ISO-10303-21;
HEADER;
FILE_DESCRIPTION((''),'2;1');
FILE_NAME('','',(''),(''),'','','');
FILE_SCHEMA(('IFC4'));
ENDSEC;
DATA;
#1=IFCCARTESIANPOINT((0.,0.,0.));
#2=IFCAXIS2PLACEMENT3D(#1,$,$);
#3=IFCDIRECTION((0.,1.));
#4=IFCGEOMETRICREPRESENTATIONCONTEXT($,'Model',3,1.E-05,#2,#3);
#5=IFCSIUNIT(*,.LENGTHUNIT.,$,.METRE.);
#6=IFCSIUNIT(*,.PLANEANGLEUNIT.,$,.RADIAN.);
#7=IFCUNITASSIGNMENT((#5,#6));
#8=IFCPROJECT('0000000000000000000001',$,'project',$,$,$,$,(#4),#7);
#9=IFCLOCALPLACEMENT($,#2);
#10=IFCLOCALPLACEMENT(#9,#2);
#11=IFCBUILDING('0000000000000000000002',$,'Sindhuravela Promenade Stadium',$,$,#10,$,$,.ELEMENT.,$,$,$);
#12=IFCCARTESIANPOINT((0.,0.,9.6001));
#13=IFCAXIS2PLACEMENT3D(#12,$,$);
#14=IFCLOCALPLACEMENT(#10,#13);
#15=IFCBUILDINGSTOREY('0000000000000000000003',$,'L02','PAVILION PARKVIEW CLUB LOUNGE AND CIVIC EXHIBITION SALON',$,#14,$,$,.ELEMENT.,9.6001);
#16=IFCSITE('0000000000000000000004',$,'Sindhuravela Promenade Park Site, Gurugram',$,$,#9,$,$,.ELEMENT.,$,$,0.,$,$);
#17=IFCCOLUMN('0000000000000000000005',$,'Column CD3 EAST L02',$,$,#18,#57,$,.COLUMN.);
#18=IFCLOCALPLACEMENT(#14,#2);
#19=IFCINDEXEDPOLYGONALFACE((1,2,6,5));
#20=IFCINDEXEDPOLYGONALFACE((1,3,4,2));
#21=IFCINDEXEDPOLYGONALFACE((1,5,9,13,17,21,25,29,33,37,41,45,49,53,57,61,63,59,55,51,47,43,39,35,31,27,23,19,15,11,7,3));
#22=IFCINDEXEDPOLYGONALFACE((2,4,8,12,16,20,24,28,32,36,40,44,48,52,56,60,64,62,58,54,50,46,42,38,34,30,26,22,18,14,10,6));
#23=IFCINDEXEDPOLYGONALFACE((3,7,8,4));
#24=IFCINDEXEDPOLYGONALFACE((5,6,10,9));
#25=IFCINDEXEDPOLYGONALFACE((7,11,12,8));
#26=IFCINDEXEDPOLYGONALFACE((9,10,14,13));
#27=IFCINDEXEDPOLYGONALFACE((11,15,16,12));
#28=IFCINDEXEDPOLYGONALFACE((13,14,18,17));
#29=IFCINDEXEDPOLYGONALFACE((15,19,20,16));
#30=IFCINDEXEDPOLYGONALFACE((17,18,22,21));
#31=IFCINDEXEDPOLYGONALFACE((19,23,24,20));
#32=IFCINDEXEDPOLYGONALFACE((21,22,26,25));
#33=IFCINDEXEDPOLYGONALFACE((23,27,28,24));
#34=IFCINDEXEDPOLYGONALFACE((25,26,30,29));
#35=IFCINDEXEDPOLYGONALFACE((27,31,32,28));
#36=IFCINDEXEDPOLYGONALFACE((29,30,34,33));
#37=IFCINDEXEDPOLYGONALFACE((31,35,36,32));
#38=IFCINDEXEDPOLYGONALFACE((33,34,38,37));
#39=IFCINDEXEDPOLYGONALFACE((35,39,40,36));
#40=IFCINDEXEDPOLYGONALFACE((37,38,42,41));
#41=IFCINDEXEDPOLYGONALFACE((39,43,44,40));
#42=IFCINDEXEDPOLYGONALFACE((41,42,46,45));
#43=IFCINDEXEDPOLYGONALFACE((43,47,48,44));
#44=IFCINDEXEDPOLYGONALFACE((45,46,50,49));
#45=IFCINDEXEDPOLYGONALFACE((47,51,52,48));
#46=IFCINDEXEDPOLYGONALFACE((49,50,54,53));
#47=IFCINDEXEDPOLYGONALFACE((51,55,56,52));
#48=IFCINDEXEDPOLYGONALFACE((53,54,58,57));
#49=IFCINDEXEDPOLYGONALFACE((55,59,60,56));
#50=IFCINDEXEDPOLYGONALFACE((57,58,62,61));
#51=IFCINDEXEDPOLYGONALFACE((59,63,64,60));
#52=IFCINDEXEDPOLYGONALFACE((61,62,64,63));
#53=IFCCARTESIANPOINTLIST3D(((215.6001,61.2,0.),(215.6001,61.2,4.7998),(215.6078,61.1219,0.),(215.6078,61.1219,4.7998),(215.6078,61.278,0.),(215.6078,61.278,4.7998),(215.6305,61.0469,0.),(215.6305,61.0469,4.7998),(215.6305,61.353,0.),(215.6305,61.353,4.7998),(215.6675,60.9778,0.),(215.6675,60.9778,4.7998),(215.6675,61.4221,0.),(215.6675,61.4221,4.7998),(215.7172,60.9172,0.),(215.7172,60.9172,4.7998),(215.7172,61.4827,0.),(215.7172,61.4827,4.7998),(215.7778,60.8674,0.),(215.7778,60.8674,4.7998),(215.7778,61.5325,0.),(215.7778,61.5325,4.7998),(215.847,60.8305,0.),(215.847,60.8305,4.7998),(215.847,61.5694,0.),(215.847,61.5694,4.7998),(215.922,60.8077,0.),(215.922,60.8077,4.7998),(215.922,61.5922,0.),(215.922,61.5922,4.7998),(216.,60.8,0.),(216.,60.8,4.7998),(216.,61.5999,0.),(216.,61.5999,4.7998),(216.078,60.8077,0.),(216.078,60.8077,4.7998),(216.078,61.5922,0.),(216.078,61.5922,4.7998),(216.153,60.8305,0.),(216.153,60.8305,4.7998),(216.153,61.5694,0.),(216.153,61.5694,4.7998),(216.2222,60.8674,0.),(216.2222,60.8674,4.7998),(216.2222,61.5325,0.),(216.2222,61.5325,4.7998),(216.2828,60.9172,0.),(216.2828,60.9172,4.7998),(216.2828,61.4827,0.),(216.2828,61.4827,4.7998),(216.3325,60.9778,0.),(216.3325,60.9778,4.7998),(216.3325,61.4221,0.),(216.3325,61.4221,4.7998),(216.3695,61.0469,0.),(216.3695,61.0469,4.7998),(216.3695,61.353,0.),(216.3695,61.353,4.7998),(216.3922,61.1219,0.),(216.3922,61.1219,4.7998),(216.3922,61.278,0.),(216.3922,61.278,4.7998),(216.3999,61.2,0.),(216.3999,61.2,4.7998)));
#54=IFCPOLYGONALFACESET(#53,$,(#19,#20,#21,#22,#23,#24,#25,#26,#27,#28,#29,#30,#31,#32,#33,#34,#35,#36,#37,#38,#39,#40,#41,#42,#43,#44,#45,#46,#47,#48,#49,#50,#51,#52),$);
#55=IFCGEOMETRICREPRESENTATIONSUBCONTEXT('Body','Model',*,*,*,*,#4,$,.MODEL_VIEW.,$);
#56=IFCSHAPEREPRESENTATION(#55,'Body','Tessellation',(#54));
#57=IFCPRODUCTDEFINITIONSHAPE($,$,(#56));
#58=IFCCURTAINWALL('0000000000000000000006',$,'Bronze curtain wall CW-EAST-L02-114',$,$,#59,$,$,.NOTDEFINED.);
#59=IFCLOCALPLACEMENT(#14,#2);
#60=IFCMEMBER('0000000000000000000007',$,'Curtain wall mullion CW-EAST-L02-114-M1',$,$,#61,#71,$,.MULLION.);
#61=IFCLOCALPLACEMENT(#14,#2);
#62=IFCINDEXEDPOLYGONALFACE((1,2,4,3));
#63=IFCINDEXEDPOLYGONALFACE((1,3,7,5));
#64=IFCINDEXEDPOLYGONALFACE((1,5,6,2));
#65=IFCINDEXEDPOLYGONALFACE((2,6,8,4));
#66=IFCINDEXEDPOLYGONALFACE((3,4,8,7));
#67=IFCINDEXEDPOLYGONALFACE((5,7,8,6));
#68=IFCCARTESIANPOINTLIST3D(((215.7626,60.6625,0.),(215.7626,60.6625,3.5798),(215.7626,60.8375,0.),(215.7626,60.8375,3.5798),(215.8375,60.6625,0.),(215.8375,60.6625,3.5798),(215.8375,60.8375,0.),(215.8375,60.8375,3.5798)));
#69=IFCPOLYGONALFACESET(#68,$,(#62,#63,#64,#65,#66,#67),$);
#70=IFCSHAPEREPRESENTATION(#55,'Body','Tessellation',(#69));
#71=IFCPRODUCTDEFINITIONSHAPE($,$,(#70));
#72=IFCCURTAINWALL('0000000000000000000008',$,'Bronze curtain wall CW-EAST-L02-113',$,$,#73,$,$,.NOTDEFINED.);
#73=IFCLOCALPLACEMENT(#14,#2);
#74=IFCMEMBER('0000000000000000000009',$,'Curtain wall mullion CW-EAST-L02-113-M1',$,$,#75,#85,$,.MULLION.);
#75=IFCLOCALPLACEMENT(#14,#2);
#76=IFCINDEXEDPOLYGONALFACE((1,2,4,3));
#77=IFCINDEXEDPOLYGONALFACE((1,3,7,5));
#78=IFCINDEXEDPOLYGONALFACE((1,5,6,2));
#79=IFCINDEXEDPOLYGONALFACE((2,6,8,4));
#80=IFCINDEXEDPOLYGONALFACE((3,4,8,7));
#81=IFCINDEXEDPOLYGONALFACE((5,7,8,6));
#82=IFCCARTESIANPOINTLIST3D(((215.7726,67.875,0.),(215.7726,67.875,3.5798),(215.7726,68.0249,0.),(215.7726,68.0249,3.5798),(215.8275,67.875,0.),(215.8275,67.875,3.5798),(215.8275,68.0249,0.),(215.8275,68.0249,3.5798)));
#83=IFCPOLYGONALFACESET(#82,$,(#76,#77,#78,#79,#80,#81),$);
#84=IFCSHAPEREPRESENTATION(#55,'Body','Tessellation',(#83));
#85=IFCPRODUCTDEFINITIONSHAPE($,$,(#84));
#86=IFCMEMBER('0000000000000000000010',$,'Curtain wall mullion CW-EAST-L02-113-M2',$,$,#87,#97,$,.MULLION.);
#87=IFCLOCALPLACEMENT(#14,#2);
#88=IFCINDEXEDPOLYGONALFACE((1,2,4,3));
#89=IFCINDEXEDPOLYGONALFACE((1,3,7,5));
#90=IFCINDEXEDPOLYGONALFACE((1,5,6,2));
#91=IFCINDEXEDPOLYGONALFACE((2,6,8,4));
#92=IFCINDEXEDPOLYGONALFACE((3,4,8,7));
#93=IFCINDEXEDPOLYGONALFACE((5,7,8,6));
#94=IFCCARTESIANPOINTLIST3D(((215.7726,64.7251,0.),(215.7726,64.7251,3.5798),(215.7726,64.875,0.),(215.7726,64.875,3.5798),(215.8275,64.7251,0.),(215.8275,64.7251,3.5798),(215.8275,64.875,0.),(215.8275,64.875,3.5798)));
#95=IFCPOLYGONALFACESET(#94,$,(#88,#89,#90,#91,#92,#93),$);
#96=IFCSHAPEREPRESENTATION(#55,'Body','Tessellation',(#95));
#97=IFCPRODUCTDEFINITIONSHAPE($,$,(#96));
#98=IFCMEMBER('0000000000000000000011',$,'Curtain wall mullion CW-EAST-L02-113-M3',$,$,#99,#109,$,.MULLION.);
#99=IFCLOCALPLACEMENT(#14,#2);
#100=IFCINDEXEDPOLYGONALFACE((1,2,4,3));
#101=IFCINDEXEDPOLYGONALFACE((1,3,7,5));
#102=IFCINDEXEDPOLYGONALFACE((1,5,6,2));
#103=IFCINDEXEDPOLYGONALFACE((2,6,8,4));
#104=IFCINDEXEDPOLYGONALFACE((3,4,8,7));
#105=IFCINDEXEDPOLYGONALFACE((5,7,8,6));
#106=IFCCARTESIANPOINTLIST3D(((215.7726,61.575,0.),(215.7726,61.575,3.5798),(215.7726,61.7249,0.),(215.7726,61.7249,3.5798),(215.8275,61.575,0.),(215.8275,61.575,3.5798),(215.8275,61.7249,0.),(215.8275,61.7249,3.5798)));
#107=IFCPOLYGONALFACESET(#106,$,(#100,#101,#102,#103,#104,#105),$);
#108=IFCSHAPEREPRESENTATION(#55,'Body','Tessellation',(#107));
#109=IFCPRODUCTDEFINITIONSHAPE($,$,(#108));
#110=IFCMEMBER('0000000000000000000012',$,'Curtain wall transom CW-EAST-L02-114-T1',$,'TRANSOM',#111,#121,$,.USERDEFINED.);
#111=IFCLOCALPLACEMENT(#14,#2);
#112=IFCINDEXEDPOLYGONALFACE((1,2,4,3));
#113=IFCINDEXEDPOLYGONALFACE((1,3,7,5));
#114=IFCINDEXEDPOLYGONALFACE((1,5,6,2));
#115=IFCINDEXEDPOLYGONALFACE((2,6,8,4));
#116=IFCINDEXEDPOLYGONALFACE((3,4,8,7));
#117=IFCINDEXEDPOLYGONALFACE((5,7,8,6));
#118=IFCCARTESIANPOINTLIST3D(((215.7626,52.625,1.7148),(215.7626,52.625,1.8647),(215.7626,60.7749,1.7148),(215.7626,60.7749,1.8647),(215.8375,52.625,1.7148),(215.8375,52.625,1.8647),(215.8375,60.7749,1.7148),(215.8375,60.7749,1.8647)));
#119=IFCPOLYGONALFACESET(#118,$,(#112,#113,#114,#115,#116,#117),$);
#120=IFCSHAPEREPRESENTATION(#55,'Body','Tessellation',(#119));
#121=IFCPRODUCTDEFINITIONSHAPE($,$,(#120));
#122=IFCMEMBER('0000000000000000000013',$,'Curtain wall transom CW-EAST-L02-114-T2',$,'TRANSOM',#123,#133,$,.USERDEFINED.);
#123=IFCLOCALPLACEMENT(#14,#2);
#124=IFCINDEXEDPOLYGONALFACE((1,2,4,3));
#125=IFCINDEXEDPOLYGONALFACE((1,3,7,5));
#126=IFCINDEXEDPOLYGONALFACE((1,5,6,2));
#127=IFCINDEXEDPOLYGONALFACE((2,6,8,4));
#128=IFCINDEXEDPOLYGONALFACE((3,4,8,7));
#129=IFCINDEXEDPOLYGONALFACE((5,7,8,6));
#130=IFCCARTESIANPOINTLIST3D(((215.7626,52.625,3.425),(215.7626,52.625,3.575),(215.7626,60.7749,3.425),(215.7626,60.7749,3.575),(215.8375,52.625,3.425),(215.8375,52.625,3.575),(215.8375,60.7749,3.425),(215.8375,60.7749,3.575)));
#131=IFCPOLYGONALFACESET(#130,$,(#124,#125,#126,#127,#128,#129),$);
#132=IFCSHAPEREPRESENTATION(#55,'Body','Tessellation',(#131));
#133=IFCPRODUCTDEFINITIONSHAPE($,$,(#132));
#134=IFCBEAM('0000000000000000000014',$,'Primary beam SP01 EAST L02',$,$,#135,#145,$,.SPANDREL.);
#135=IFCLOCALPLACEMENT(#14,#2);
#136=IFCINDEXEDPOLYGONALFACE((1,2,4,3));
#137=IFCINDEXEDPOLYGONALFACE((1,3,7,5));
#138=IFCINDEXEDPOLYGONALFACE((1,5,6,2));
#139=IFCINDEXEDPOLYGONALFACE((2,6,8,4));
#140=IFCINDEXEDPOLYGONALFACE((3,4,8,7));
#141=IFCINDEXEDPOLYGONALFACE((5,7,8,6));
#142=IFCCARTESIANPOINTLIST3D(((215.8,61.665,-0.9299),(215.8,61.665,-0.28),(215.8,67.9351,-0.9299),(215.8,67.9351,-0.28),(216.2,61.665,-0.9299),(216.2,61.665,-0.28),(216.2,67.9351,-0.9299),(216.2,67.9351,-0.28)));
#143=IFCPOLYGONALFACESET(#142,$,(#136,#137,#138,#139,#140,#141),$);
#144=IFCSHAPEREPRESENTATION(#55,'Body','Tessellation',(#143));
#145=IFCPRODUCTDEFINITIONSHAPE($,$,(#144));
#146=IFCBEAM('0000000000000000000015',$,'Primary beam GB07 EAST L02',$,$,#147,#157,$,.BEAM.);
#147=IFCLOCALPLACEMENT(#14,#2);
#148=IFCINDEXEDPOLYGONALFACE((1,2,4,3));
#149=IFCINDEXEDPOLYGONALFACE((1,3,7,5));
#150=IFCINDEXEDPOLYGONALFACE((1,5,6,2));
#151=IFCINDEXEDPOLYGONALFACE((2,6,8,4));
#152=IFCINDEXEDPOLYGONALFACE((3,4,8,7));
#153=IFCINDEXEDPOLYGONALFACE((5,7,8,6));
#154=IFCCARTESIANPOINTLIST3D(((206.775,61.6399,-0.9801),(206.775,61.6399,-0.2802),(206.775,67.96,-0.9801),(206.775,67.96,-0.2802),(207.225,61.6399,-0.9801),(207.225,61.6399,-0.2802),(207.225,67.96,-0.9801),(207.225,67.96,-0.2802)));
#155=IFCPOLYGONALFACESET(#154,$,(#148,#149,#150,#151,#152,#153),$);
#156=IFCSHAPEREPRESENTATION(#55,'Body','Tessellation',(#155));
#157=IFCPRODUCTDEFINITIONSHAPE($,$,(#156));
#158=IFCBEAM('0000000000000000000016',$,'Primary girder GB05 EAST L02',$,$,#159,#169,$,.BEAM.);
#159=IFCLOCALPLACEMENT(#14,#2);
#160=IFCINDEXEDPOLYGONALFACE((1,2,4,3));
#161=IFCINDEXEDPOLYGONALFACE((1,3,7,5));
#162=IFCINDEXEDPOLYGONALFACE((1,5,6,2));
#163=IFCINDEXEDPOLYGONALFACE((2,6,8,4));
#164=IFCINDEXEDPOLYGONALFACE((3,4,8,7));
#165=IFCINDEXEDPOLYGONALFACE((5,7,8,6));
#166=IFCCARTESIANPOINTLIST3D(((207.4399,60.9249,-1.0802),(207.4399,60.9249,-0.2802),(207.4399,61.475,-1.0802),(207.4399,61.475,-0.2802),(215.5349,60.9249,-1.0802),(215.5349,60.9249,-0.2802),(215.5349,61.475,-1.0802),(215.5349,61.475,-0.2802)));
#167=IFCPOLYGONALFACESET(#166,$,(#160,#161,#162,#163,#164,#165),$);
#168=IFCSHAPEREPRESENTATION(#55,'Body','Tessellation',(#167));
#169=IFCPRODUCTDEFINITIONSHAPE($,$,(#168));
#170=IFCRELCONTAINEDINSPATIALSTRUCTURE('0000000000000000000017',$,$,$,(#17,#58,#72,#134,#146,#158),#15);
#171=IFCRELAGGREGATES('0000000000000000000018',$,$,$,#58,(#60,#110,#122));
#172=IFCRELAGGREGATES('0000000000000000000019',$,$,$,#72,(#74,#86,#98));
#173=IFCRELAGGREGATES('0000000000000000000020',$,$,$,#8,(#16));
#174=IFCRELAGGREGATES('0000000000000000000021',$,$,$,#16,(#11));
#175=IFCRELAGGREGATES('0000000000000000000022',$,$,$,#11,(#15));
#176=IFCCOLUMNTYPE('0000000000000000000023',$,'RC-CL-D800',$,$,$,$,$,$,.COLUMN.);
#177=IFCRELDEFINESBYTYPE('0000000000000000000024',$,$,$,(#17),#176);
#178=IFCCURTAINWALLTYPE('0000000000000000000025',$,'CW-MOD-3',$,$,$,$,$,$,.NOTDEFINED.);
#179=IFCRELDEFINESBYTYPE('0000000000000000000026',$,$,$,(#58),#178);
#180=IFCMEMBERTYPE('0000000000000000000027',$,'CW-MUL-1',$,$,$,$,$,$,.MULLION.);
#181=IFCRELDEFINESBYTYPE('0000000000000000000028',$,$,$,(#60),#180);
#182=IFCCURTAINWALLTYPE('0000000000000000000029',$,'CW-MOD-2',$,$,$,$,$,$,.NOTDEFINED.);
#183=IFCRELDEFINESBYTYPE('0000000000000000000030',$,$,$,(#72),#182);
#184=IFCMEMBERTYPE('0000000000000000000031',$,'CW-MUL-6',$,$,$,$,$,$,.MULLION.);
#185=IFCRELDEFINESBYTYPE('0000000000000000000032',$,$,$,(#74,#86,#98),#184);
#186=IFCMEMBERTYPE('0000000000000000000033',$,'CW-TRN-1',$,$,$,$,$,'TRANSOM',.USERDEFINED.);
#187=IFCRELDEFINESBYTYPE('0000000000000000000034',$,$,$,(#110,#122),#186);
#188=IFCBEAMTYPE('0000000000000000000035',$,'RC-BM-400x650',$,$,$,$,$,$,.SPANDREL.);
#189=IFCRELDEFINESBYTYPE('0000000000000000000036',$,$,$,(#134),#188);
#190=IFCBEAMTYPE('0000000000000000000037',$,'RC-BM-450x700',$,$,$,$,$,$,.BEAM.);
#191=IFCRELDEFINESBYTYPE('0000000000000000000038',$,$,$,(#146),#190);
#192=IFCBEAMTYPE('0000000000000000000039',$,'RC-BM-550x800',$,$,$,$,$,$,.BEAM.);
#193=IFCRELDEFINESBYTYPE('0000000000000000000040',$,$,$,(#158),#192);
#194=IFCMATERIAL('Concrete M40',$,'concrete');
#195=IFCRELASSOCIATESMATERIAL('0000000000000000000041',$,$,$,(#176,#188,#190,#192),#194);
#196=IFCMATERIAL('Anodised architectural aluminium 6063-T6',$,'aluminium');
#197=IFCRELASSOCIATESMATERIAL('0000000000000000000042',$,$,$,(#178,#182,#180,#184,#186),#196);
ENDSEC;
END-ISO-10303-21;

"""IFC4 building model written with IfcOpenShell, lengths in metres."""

from ifc_helpers import new_model, si_unit, direction, frame, origin, origin_2d, place, context, subcontext, project, spatial, rectangle, circle, extrude, material, material_profile, profile_set, type_object, element, aggregate, save


model = new_model("IFC4")

# Units and contexts
model_context = context("Model", 3, precision=1e-05, world=origin(), true_north=direction((0.0, 1.0)))
body_context = subcontext(model_context, "Body", "Model", "MODEL_VIEW")
ifc_project = project(units=[si_unit("LENGTHUNIT", "METRE"), si_unit("PLANEANGLEUNIT", "RADIAN")], contexts=[model_context])

# Site, building, storey
site_placement = place(None, origin())
site = spatial("IfcSite", under=ifc_project, at=site_placement, Name="Sindhuravela Promenade Park Site, Gurugram", CompositionType="ELEMENT", RefElevation=0.0)
building_placement = place(site_placement, origin())
building = spatial("IfcBuilding", under=site, at=building_placement, Name="Sindhuravela Promenade Stadium", CompositionType="ELEMENT")
storey_placement = place(building_placement, frame((0.0, 0.0, 9.6001)))
storey = spatial("IfcBuildingStorey", under=building, at=storey_placement, Name="L02", Description="PAVILION PARKVIEW CLUB LOUNGE AND CIVIC EXHIBITION SALON", CompositionType="ELEMENT", Elevation=9.6001)

# Column
ifc_material_1 = material(Name="Concrete M40", Category="concrete")
ifc_material_profile_1 = material_profile(ifc_material_1, circle(Radius=0.3999, at=origin_2d()), Name="RC D800")
ifc_profile_set_1 = profile_set([ifc_material_profile_1], Name="Concrete M40")
column_type = type_object("IfcColumnType", Name="RC-CL-D800", PredefinedType="COLUMN", material=ifc_profile_set_1)
column_placement = place(storey_placement, frame((216.0, 61.2, 0.0), z_axis=(0.0, 0.0, 1.0), x_axis=(1.0, 0.0, 0.0)))
element("IfcColumn", 1, at=column_placement, inside=storey, type_object=column_type, Name="Column CD3 EAST L02", PredefinedType="COLUMN", context=body_context, shape_type="SweptSolid", body=[
    extrude(circle(Radius=0.3999, at=origin_2d()), origin(), (0.0, 0.0, 1.0), 4.7998),
])

# Curtain wall, member
ifc_material_2 = material(Name="Anodised architectural aluminium 6063-T6", Category="aluminium")
curtain_wall_type_1 = type_object("IfcCurtainWallType", Name="CW-MOD-3", PredefinedType="NOTDEFINED", material=ifc_material_2)
curtain_wall_1_placement = place(storey_placement, origin())
curtain_wall_1 = element("IfcCurtainWall", 2, at=curtain_wall_1_placement, inside=storey, type_object=curtain_wall_type_1, Name="Bronze curtain wall CW-EAST-L02-114", PredefinedType="NOTDEFINED")
ifc_material_profile_2 = material_profile(ifc_material_2, rectangle(XDim=0.075, YDim=0.175, at=origin_2d()), Name="ALU MULL 75x175")
ifc_profile_set_2 = profile_set([ifc_material_profile_2], Name="Anodised architectural aluminium 6063-T6")
member_type_1 = type_object("IfcMemberType", Name="CW-MUL-1", PredefinedType="MULLION", material=ifc_profile_set_2)
member_1_placement = place(storey_placement, frame((215.8, 60.75, 0.0), z_axis=(0.0, 0.0, 1.0), x_axis=(1.0, 0.0, 0.0)))
member_1 = element("IfcMember", 3, at=member_1_placement, type_object=member_type_1, Name="Curtain wall mullion CW-EAST-L02-114-M1", PredefinedType="MULLION", context=body_context, shape_type="SweptSolid", body=[
    extrude(rectangle(XDim=0.075, YDim=0.175, at=origin_2d()), origin(), (0.0, 0.0, 1.0), 3.5798),
])

# Curtain wall, members
curtain_wall_type_2 = type_object("IfcCurtainWallType", Name="CW-MOD-2", PredefinedType="NOTDEFINED", material=ifc_material_2)
curtain_wall_2_placement = place(storey_placement, origin())
curtain_wall_2 = element("IfcCurtainWall", 4, at=curtain_wall_2_placement, inside=storey, type_object=curtain_wall_type_2, Name="Bronze curtain wall CW-EAST-L02-113", PredefinedType="NOTDEFINED")
ifc_material_profile_3 = material_profile(ifc_material_2, rectangle(XDim=0.0549, YDim=0.1499, at=origin_2d()), Name="ALU M55x150")
ifc_profile_set_3 = profile_set([ifc_material_profile_3], Name="Anodised architectural aluminium 6063-T6")
member_type_2 = type_object("IfcMemberType", Name="CW-MUL-6", PredefinedType="MULLION", material=ifc_profile_set_3)
member_2_placement = place(storey_placement, frame((215.8, 67.95, 0.0), z_axis=(0.0, 0.0, 1.0), x_axis=(1.0, 0.0, 0.0)))
member_2 = element("IfcMember", 5, at=member_2_placement, type_object=member_type_2, Name="Curtain wall mullion CW-EAST-L02-113-M1", PredefinedType="MULLION", context=body_context, shape_type="SweptSolid", body=[
    extrude(rectangle(XDim=0.0549, YDim=0.1499, at=origin_2d()), origin(), (0.0, 0.0, 1.0), 3.5798),
])
member_3_placement = place(storey_placement, frame((215.8, 64.8, 0.0), z_axis=(0.0, 0.0, 1.0), x_axis=(1.0, 0.0, 0.0)))
member_3 = element("IfcMember", 6, at=member_3_placement, type_object=member_type_2, Name="Curtain wall mullion CW-EAST-L02-113-M2", PredefinedType="MULLION", context=body_context, shape_type="SweptSolid", body=[
    extrude(rectangle(XDim=0.0549, YDim=0.1499, at=origin_2d()), origin(), (0.0, 0.0, 1.0), 3.5798),
])
member_4_placement = place(storey_placement, frame((215.8, 61.6499, 0.0), z_axis=(0.0, 0.0, 1.0), x_axis=(1.0, 0.0, 0.0)))
member_4 = element("IfcMember", 7, at=member_4_placement, type_object=member_type_2, Name="Curtain wall mullion CW-EAST-L02-113-M3", PredefinedType="MULLION", context=body_context, shape_type="SweptSolid", body=[
    extrude(rectangle(XDim=0.0549, YDim=0.1499, at=origin_2d()), origin(), (0.0, 0.0, 1.0), 3.5798),
])

# Members
ifc_material_profile_4 = material_profile(ifc_material_2, rectangle(XDim=0.075, YDim=0.1499, at=origin_2d()), Name="ALU TRAN 75x150")
ifc_profile_set_4 = profile_set([ifc_material_profile_4], Name="Anodised architectural aluminium 6063-T6")
member_type_3 = type_object("IfcMemberType", Name="CW-TRN-1", ElementType="TRANSOM", PredefinedType="USERDEFINED", material=ifc_profile_set_4)
member_5_placement = place(storey_placement, frame((215.8, 60.7749, 1.7898), z_axis=(0.0, -1.0, 0.0), x_axis=(1.0, 0.0, 0.0)))
member_5 = element("IfcMember", 8, at=member_5_placement, type_object=member_type_3, Name="Curtain wall transom CW-EAST-L02-114-T1", ObjectType="TRANSOM", PredefinedType="USERDEFINED", context=body_context, shape_type="SweptSolid", body=[
    extrude(rectangle(XDim=0.075, YDim=0.1499, at=origin_2d()), origin(), (0.0, 0.0, 1.0), 8.1499),
])
member_6_placement = place(storey_placement, frame((215.8, 60.7749, 3.5), z_axis=(0.0, -1.0, 0.0), x_axis=(1.0, 0.0, 0.0)))
member_6 = element("IfcMember", 9, at=member_6_placement, type_object=member_type_3, Name="Curtain wall transom CW-EAST-L02-114-T2", ObjectType="TRANSOM", PredefinedType="USERDEFINED", context=body_context, shape_type="SweptSolid", body=[
    extrude(rectangle(XDim=0.075, YDim=0.1499, at=origin_2d()), origin(), (0.0, 0.0, 1.0), 8.1499),
])

# Beams
ifc_material_profile_5 = material_profile(ifc_material_1, rectangle(XDim=0.3999, YDim=0.6499, at=origin_2d()), Name="RC 400x650")
ifc_profile_set_5 = profile_set([ifc_material_profile_5], Name="Concrete M40")
beam_type_1 = type_object("IfcBeamType", Name="RC-BM-400x650", PredefinedType="SPANDREL", material=ifc_profile_set_5)
beam_1_placement = place(storey_placement, frame((216.0, 61.665, -0.605), z_axis=(0.0, 1.0, 0.0), x_axis=(-1.0, 0.0, 0.0)))
element("IfcBeam", 10, at=beam_1_placement, inside=storey, type_object=beam_type_1, Name="Primary beam SP01 EAST L02", PredefinedType="SPANDREL", context=body_context, shape_type="SweptSolid", body=[
    extrude(rectangle(XDim=0.3999, YDim=0.6499, at=origin_2d()), origin(), (0.0, 0.0, 1.0), 6.27),
])
ifc_material_profile_6 = material_profile(ifc_material_1, rectangle(XDim=0.45, YDim=0.7, at=origin_2d()), Name="RC 450x700")
ifc_profile_set_6 = profile_set([ifc_material_profile_6], Name="Concrete M40")
beam_type_2 = type_object("IfcBeamType", Name="RC-BM-450x700", PredefinedType="BEAM", material=ifc_profile_set_6)
beam_2_placement = place(storey_placement, frame((207.0, 61.6399, -0.6301), z_axis=(0.0, 1.0, 0.0), x_axis=(-1.0, 0.0, 0.0)))
element("IfcBeam", 11, at=beam_2_placement, inside=storey, type_object=beam_type_2, Name="Primary beam GB07 EAST L02", PredefinedType="BEAM", context=body_context, shape_type="SweptSolid", body=[
    extrude(rectangle(XDim=0.45, YDim=0.7, at=origin_2d()), origin(), (0.0, 0.0, 1.0), 6.3201),
])
ifc_material_profile_7 = material_profile(ifc_material_1, rectangle(XDim=0.55, YDim=0.8, at=origin_2d()), Name="RC 550x800")
ifc_profile_set_7 = profile_set([ifc_material_profile_7], Name="Concrete M40")
beam_type_3 = type_object("IfcBeamType", Name="RC-BM-550x800", PredefinedType="BEAM", material=ifc_profile_set_7)
beam_3_placement = place(storey_placement, frame((207.4399, 61.2, -0.6802), z_axis=(1.0, 0.0, 0.0), x_axis=(0.0, 1.0, 0.0)))
element("IfcBeam", 12, at=beam_3_placement, inside=storey, type_object=beam_type_3, Name="Primary girder GB05 EAST L02", PredefinedType="BEAM", context=body_context, shape_type="SweptSolid", body=[
    extrude(rectangle(XDim=0.55, YDim=0.8, at=origin_2d()), origin(), (0.0, 0.0, 1.0), 8.095),
])

aggregate(curtain_wall_1, [member_1, member_5, member_6])
aggregate(curtain_wall_2, [member_2, member_3, member_4])

save(model, "model.ifc")
